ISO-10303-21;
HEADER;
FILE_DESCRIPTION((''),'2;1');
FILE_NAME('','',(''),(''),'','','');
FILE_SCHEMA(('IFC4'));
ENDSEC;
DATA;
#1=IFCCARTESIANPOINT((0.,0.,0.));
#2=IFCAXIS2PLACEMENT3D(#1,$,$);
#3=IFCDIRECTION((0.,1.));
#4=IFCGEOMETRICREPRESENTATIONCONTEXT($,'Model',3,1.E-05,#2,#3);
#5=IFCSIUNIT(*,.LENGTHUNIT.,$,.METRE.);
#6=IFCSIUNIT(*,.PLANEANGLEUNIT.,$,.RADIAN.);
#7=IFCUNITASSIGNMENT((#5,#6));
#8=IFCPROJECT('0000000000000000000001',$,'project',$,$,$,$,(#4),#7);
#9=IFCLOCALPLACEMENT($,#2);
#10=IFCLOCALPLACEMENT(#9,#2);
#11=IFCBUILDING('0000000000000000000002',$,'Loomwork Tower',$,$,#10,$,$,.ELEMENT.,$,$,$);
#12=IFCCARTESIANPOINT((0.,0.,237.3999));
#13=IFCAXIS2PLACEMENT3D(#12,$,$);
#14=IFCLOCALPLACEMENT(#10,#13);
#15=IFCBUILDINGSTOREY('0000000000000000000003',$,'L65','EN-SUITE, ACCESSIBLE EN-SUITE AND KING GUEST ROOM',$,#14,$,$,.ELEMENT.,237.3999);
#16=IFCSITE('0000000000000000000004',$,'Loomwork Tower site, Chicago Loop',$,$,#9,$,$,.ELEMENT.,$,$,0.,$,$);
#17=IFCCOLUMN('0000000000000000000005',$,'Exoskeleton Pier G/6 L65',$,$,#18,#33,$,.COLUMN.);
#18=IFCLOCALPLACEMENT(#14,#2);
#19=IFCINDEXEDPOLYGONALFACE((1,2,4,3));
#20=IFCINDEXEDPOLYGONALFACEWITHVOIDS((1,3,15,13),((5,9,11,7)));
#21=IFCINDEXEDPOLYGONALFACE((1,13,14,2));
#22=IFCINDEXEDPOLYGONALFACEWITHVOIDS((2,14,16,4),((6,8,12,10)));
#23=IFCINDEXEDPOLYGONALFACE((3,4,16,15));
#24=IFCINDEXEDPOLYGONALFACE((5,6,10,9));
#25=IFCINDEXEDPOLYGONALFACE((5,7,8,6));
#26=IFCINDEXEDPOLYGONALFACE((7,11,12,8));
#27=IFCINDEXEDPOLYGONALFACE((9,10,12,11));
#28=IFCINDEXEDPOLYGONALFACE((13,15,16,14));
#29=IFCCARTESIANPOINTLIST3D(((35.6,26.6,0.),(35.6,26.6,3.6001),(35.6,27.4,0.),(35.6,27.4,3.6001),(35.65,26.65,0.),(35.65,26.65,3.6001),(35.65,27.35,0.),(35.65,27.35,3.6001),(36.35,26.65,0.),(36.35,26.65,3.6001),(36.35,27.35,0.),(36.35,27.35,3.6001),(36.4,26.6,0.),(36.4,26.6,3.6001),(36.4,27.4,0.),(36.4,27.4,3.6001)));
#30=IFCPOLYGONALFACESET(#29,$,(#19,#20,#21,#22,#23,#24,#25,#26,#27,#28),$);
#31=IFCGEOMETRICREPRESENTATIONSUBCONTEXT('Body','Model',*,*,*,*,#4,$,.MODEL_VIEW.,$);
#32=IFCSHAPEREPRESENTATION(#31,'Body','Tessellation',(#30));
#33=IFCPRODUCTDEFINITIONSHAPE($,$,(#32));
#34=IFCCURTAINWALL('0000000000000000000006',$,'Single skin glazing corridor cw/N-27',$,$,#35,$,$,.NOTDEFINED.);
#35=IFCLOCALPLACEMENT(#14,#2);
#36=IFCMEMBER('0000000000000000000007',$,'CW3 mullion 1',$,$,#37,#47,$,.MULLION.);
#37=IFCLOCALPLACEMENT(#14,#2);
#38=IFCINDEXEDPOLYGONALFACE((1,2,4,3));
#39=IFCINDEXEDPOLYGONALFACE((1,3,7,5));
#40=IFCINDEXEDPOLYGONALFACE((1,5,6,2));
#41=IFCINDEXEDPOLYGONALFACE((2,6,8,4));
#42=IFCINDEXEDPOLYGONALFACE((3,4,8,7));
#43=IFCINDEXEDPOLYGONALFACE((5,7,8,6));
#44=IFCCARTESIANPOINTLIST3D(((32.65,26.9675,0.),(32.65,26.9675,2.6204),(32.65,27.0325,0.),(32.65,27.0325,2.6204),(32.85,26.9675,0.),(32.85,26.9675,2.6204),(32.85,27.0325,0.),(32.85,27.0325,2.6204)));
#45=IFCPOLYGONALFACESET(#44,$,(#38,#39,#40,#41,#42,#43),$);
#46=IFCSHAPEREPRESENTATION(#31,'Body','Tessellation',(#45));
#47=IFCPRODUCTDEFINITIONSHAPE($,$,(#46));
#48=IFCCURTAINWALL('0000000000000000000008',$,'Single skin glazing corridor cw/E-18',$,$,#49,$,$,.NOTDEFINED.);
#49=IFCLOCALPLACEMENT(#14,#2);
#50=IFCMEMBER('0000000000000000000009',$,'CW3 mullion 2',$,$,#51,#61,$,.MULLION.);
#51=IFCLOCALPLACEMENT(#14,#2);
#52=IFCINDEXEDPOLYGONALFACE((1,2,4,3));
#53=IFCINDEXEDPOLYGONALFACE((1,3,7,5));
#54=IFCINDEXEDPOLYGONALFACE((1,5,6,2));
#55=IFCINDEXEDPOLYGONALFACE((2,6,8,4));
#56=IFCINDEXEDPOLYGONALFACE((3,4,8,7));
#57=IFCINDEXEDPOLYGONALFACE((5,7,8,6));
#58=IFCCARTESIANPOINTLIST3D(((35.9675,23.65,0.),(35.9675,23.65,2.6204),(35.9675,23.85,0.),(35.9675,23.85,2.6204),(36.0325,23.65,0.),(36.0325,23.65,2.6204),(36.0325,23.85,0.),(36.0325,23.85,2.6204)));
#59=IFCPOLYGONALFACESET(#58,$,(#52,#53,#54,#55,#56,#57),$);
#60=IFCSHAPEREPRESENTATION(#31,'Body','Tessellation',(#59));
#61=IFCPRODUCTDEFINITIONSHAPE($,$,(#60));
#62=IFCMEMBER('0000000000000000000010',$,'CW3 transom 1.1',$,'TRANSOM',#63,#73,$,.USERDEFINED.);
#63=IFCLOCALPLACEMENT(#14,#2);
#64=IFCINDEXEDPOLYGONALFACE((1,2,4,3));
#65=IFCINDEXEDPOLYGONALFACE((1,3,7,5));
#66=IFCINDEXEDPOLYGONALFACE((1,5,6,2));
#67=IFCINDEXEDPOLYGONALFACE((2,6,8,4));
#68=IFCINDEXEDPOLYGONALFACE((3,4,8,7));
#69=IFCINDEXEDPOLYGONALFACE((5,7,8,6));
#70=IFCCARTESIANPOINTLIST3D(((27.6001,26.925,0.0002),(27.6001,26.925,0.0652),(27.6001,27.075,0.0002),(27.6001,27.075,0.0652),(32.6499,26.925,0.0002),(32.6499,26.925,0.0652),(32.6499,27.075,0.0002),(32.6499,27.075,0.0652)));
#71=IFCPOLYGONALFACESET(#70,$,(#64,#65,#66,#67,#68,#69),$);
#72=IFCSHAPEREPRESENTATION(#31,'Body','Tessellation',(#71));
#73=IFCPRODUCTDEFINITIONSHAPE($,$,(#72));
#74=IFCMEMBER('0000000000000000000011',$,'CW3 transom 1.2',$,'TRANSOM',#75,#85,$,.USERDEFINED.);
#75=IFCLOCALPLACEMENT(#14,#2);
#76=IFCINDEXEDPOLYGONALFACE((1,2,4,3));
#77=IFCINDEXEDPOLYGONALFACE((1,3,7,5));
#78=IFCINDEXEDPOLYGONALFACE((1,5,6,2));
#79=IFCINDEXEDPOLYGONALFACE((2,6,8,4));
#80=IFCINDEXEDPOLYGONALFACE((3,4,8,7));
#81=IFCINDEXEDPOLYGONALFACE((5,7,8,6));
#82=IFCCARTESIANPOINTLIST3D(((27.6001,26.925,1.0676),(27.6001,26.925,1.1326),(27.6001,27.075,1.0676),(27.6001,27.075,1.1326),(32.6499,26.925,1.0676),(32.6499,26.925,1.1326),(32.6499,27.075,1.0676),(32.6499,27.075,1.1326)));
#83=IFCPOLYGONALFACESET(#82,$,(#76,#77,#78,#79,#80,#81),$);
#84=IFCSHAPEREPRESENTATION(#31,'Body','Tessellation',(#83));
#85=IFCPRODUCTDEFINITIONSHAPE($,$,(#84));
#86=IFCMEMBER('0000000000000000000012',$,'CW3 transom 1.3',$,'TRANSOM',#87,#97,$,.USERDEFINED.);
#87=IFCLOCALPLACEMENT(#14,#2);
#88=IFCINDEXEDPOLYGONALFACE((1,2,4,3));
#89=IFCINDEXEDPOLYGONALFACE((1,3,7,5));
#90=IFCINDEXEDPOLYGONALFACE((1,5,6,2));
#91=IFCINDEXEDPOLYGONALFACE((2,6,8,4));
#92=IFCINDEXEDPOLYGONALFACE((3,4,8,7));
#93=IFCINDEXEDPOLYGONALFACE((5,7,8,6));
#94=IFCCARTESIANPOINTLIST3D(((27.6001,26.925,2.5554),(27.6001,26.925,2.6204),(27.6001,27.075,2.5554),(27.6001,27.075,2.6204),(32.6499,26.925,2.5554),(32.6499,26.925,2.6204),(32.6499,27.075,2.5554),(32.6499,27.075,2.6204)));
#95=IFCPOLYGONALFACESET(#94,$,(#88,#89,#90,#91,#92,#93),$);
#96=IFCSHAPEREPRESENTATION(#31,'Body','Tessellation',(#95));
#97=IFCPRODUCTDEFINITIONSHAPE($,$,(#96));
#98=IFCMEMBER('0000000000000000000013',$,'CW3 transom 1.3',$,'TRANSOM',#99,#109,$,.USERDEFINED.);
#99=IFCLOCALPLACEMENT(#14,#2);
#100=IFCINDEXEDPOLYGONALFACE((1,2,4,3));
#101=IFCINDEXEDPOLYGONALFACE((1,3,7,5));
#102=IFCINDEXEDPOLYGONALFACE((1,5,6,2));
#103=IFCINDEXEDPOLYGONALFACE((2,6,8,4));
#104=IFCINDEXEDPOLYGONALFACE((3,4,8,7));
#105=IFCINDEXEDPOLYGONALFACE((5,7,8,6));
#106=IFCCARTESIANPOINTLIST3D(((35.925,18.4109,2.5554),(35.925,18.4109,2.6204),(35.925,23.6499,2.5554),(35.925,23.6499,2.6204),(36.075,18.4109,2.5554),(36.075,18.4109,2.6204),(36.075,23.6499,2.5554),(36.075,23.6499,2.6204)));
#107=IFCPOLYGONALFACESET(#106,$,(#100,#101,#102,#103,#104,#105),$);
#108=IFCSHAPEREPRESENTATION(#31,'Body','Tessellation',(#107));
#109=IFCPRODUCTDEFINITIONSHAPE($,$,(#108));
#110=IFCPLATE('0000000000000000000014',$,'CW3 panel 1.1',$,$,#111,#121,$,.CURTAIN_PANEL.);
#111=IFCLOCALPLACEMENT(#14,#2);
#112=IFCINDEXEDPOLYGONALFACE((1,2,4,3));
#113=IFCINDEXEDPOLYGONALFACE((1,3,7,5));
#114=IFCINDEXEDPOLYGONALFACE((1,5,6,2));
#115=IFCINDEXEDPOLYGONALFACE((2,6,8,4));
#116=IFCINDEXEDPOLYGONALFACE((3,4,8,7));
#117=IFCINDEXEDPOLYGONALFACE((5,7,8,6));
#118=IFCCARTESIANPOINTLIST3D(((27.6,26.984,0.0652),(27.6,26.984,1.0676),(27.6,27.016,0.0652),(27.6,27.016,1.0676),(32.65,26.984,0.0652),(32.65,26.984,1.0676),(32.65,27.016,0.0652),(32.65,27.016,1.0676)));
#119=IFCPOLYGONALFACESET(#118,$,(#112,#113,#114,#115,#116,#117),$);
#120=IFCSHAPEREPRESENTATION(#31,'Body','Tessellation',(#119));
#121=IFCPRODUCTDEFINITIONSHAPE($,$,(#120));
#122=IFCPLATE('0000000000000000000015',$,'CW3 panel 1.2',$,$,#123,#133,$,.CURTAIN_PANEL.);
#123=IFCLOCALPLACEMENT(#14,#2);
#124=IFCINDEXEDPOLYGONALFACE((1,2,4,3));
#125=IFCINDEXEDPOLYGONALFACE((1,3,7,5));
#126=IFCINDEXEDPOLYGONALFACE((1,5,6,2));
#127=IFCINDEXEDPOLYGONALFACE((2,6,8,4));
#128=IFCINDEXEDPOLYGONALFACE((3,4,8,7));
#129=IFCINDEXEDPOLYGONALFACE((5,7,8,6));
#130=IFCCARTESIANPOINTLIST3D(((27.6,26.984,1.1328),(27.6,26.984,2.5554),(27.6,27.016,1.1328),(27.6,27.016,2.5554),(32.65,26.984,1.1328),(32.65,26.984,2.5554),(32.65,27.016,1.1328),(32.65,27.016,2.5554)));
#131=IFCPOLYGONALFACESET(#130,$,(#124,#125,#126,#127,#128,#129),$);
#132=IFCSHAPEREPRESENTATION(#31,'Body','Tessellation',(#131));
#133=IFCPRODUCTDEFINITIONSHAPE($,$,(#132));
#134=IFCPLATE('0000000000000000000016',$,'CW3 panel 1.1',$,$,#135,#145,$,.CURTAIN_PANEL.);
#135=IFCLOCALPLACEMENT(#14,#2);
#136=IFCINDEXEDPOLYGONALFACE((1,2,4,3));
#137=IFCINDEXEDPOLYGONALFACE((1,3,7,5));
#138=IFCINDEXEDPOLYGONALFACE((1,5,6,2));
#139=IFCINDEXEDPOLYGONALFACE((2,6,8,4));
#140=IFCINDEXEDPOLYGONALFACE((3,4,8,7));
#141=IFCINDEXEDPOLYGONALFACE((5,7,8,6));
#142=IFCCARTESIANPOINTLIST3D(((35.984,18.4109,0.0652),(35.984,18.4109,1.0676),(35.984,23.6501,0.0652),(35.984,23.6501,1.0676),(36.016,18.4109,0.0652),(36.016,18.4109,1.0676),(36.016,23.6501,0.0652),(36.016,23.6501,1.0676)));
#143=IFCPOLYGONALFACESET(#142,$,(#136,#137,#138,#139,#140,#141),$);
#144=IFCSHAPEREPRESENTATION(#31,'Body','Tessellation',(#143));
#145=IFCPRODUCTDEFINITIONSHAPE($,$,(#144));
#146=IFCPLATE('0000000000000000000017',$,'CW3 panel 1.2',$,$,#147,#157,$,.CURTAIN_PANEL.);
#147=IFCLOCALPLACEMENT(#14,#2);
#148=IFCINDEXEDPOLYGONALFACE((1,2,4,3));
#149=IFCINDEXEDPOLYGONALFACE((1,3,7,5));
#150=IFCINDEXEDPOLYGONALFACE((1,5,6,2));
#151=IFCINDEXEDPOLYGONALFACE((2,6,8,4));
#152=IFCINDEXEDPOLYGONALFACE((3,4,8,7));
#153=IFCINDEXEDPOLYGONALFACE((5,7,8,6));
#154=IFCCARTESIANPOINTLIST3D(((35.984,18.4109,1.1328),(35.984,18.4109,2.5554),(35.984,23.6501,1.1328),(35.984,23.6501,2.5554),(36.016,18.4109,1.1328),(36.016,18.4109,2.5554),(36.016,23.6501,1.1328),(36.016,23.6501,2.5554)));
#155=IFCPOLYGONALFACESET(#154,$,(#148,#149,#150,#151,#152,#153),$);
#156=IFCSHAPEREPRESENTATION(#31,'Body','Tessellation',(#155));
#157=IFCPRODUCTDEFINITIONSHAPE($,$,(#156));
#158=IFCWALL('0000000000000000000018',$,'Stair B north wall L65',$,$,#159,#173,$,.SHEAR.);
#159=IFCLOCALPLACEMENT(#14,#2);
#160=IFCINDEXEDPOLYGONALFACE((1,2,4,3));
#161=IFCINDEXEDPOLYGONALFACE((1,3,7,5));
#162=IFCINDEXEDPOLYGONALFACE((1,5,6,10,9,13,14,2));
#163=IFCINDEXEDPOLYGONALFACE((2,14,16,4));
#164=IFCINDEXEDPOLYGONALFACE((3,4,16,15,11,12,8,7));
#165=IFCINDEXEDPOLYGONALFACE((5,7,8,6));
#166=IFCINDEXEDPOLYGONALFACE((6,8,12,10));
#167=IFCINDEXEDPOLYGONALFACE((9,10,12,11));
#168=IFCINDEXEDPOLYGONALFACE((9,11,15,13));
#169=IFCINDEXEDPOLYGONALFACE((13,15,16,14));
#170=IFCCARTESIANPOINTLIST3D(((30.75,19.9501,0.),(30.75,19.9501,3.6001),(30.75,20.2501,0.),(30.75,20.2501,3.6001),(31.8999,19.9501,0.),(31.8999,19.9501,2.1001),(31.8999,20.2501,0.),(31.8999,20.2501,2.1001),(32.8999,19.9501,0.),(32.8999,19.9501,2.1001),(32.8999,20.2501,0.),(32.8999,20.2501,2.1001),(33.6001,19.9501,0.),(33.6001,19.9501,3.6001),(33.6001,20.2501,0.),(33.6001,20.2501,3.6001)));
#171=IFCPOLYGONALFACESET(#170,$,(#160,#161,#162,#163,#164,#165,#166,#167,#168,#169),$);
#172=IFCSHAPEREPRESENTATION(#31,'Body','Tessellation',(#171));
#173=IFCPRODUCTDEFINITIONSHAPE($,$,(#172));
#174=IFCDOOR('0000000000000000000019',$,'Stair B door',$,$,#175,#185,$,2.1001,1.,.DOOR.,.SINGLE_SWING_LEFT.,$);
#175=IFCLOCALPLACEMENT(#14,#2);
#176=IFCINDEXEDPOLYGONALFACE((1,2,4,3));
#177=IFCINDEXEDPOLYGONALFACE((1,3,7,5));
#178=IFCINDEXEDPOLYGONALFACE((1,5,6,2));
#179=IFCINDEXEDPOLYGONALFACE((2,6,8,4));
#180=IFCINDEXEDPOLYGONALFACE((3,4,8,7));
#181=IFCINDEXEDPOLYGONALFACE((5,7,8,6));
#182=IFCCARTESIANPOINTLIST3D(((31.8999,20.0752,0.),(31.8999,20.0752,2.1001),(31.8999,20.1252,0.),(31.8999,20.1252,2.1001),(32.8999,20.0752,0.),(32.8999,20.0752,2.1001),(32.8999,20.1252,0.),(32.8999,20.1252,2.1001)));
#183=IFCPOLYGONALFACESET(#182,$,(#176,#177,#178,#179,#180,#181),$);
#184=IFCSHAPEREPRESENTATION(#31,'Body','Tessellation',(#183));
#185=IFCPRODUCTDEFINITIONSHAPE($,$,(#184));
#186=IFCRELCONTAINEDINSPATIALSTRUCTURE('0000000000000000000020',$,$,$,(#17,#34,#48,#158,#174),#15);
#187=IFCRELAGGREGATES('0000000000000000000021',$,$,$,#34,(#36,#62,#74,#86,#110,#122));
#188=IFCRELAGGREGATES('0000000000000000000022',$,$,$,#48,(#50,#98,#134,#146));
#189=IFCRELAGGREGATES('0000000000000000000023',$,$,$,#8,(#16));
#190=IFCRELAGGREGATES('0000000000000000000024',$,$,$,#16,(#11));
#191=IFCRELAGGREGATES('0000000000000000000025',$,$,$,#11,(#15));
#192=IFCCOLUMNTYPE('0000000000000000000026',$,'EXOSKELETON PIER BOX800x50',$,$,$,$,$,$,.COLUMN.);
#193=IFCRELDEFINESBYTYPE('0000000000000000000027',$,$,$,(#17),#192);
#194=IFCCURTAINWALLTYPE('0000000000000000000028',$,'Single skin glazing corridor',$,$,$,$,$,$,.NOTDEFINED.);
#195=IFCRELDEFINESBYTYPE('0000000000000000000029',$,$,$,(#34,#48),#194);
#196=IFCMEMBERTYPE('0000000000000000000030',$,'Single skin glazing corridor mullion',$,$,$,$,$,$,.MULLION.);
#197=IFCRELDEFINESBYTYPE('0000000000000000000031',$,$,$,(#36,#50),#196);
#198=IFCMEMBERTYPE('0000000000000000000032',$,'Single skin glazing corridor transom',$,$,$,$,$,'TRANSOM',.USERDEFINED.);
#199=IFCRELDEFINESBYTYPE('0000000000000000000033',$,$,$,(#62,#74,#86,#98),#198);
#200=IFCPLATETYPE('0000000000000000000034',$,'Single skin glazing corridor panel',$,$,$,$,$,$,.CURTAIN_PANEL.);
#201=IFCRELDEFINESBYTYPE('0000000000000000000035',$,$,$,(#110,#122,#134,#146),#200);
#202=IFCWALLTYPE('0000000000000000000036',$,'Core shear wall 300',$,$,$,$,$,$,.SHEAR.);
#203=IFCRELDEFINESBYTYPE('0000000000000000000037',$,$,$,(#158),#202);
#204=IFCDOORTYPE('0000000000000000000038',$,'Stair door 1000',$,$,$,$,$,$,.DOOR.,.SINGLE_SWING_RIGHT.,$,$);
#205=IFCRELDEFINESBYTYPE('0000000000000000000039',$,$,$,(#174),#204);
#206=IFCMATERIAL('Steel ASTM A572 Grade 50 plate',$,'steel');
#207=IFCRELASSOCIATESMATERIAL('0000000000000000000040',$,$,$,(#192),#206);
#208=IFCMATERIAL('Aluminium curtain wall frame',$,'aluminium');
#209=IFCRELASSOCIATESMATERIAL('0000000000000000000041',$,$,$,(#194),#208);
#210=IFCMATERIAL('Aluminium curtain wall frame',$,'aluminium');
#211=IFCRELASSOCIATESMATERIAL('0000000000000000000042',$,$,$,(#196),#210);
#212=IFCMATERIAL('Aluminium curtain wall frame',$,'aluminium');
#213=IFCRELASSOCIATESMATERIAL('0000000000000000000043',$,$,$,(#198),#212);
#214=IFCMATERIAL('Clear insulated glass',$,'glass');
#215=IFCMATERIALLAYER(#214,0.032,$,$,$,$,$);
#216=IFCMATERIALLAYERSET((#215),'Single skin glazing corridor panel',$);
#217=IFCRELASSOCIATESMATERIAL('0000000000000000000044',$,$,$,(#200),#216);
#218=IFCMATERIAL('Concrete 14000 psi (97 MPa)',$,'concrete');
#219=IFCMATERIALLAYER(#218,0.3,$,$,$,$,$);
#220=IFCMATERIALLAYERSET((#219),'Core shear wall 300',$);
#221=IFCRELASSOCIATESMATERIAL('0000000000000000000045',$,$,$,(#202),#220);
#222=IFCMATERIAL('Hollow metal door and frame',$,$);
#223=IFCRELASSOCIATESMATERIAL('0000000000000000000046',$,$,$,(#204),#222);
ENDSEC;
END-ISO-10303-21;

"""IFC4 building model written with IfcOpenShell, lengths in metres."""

from ifc_helpers import new_model, si_unit, direction, frame, frame_2d, origin, origin_2d, place, context, subcontext, project, spatial, rectangle, hollow_rectangle, extrude, material, layer, layer_set, material_profile, profile_set, type_object, element, fill, aggregate, save


model = new_model("IFC4")

# Units and contexts
model_context = context("Model", 3, precision=1e-05, world=origin(), true_north=direction((0.0, 1.0)))
body_context = subcontext(model_context, "Body", "Model", "MODEL_VIEW")
ifc_project = project(units=[si_unit("LENGTHUNIT", "METRE"), si_unit("PLANEANGLEUNIT", "RADIAN")], contexts=[model_context])

# Site, building, storey
site_placement = place(None, origin())
site = spatial("IfcSite", under=ifc_project, at=site_placement, Name="Loomwork Tower site, Chicago Loop", CompositionType="ELEMENT", RefElevation=0.0)
building_placement = place(site_placement, origin())
building = spatial("IfcBuilding", under=site, at=building_placement, Name="Loomwork Tower", CompositionType="ELEMENT")
storey_placement = place(building_placement, frame((0.0, 0.0, 237.3999)))
storey = spatial("IfcBuildingStorey", under=building, at=storey_placement, Name="L65", Description="EN-SUITE, ACCESSIBLE EN-SUITE AND KING GUEST ROOM", CompositionType="ELEMENT", Elevation=237.3999)

# Column
ifc_material_1 = material(Name="Steel ASTM A572 Grade 50 plate", Category="steel")
ifc_material_profile_1 = material_profile(ifc_material_1, hollow_rectangle(XDim=0.8, YDim=0.8, WallThickness=0.05, at=origin_2d()), Name="BOX800x50")
ifc_profile_set_1 = profile_set([ifc_material_profile_1], Name="Steel ASTM A572 Grade 50 plate")
column_type = type_object("IfcColumnType", Name="EXOSKELETON PIER BOX800x50", PredefinedType="COLUMN", material=ifc_profile_set_1)
column_placement = place(storey_placement, frame((36.0, 27.0, 0.0), z_axis=(0.0, 0.0, 1.0), x_axis=(1.0, 0.0, 0.0)))
element("IfcColumn", 1, at=column_placement, inside=storey, type_object=column_type, Name="Exoskeleton Pier G/6 L65", PredefinedType="COLUMN", context=body_context, shape_type="SweptSolid", body=[
    extrude(hollow_rectangle(XDim=0.8, YDim=0.8, WallThickness=0.05, at=origin_2d()), origin(), (0.0, 0.0, 1.0), 3.6001),
])

# Curtain walls, members
ifc_material_2 = material(Name="Aluminium curtain wall frame", Category="aluminium")
curtain_wall_type = type_object("IfcCurtainWallType", Name="Single skin glazing corridor", PredefinedType="NOTDEFINED", material=ifc_material_2)
curtain_wall_1_placement = place(storey_placement, origin())
curtain_wall_1 = element("IfcCurtainWall", 2, at=curtain_wall_1_placement, inside=storey, type_object=curtain_wall_type, Name="Single skin glazing corridor cw/N-27", PredefinedType="NOTDEFINED")
ifc_material_3 = material(Name="Aluminium curtain wall frame", Category="aluminium")
ifc_material_profile_2 = material_profile(ifc_material_3, rectangle(XDim=0.0649, YDim=0.2, at=origin_2d()), Name="AL 65x200")
ifc_profile_set_2 = profile_set([ifc_material_profile_2], Name="Aluminium curtain wall frame")
member_type_1 = type_object("IfcMemberType", Name="Single skin glazing corridor mullion", PredefinedType="MULLION", material=ifc_profile_set_2)
member_1_placement = place(storey_placement, frame((32.75, 27.0, 0.0), z_axis=(0.0, 0.0, 1.0), x_axis=(0.0, -1.0, 0.0)))
member_1 = element("IfcMember", 3, at=member_1_placement, type_object=member_type_1, Name="CW3 mullion 1", PredefinedType="MULLION", context=body_context, shape_type="SweptSolid", body=[
    extrude(rectangle(XDim=0.0649, YDim=0.2, at=origin_2d()), origin(), (0.0, 0.0, 1.0), 2.6204),
])
curtain_wall_2_placement = place(storey_placement, origin())
curtain_wall_2 = element("IfcCurtainWall", 4, at=curtain_wall_2_placement, inside=storey, type_object=curtain_wall_type, Name="Single skin glazing corridor cw/E-18", PredefinedType="NOTDEFINED")
member_2_placement = place(storey_placement, frame((36.0, 23.75, 0.0), z_axis=(0.0, 0.0, 1.0), x_axis=(-1.0, 0.0, 0.0)))
member_2 = element("IfcMember", 5, at=member_2_placement, type_object=member_type_1, Name="CW3 mullion 2", PredefinedType="MULLION", context=body_context, shape_type="SweptSolid", body=[
    extrude(rectangle(XDim=0.0649, YDim=0.2, at=origin_2d()), origin(), (0.0, 0.0, 1.0), 2.6204),
])

# Members
ifc_material_4 = material(Name="Aluminium curtain wall frame", Category="aluminium")
ifc_material_profile_3 = material_profile(ifc_material_4, rectangle(XDim=0.1499, YDim=0.0649, at=origin_2d()), Name="AL 65x150")
ifc_profile_set_3 = profile_set([ifc_material_profile_3], Name="Aluminium curtain wall frame")
member_type_2 = type_object("IfcMemberType", Name="Single skin glazing corridor transom", ElementType="TRANSOM", PredefinedType="USERDEFINED", material=ifc_profile_set_3)
member_3_placement = place(storey_placement, frame((32.6499, 27.0, 0.0327), z_axis=(-1.0, 0.0, 0.0), x_axis=(0.0, -1.0, 0.0)))
member_3 = element("IfcMember", 6, at=member_3_placement, type_object=member_type_2, Name="CW3 transom 1.1", ObjectType="TRANSOM", PredefinedType="USERDEFINED", context=body_context, shape_type="SweptSolid", body=[
    extrude(rectangle(XDim=0.1499, YDim=0.0649, at=origin_2d()), origin(), (0.0, 0.0, 1.0), 5.0498),
])
member_4_placement = place(storey_placement, frame((32.6499, 27.0, 1.1001), z_axis=(-1.0, 0.0, 0.0), x_axis=(0.0, -1.0, 0.0)))
member_4 = element("IfcMember", 7, at=member_4_placement, type_object=member_type_2, Name="CW3 transom 1.2", ObjectType="TRANSOM", PredefinedType="USERDEFINED", context=body_context, shape_type="SweptSolid", body=[
    extrude(rectangle(XDim=0.1499, YDim=0.0649, at=origin_2d()), origin(), (0.0, 0.0, 1.0), 5.0498),
])
member_5_placement = place(storey_placement, frame((32.6499, 27.0, 2.5879), z_axis=(-1.0, 0.0, 0.0), x_axis=(0.0, -1.0, 0.0)))
member_5 = element("IfcMember", 8, at=member_5_placement, type_object=member_type_2, Name="CW3 transom 1.3", ObjectType="TRANSOM", PredefinedType="USERDEFINED", context=body_context, shape_type="SweptSolid", body=[
    extrude(rectangle(XDim=0.1499, YDim=0.0649, at=origin_2d()), origin(), (0.0, 0.0, 1.0), 5.0498),
])
member_6_placement = place(storey_placement, frame((36.0, 18.4109, 2.5879), z_axis=(0.0, 1.0, 0.0), x_axis=(-1.0, 0.0, 0.0)))
member_6 = element("IfcMember", 9, at=member_6_placement, type_object=member_type_2, Name="CW3 transom 1.3", ObjectType="TRANSOM", PredefinedType="USERDEFINED", context=body_context, shape_type="SweptSolid", body=[
    extrude(rectangle(XDim=0.1499, YDim=0.0649, at=origin_2d()), origin(), (0.0, 0.0, 1.0), 5.239),
])

# Plates
ifc_material_5 = material(Name="Clear insulated glass", Category="glass")
ifc_layer_1 = layer(ifc_material_5, 0.032)
ifc_layer_set_1 = layer_set([ifc_layer_1], Name="Single skin glazing corridor panel")
plate_type = type_object("IfcPlateType", Name="Single skin glazing corridor panel", PredefinedType="CURTAIN_PANEL", material=ifc_layer_set_1)
plate_1_placement = place(storey_placement, frame((30.125, 27.0, 0.0652), z_axis=(0.0, 0.0, 1.0), x_axis=(-1.0, 0.0, 0.0)))
plate_1 = element("IfcPlate", 10, at=plate_1_placement, type_object=plate_type, Name="CW3 panel 1.1", PredefinedType="CURTAIN_PANEL", context=body_context, shape_type="SweptSolid", body=[
    extrude(rectangle(XDim=5.05, YDim=0.032, at=origin_2d()), origin(), (0.0, 0.0, 1.0), 1.0024),
])
plate_2_placement = place(storey_placement, frame((30.125, 27.0, 1.1328), z_axis=(0.0, 0.0, 1.0), x_axis=(-1.0, 0.0, 0.0)))
plate_2 = element("IfcPlate", 11, at=plate_2_placement, type_object=plate_type, Name="CW3 panel 1.2", PredefinedType="CURTAIN_PANEL", context=body_context, shape_type="SweptSolid", body=[
    extrude(rectangle(XDim=5.05, YDim=0.032, at=origin_2d()), origin(), (0.0, 0.0, 1.0), 1.4226),
])
aggregate(curtain_wall_1, [member_1, member_3, member_4, member_5, plate_1, plate_2])
plate_3_placement = place(storey_placement, frame((36.0, 21.0305, 0.0652), z_axis=(0.0, 0.0, 1.0), x_axis=(0.0, 1.0, 0.0)))
plate_3 = element("IfcPlate", 12, at=plate_3_placement, type_object=plate_type, Name="CW3 panel 1.1", PredefinedType="CURTAIN_PANEL", context=body_context, shape_type="SweptSolid", body=[
    extrude(rectangle(XDim=5.2393, YDim=0.032, at=origin_2d()), origin(), (0.0, 0.0, 1.0), 1.0024),
])
plate_4_placement = place(storey_placement, frame((36.0, 21.0305, 1.1328), z_axis=(0.0, 0.0, 1.0), x_axis=(0.0, 1.0, 0.0)))
plate_4 = element("IfcPlate", 13, at=plate_4_placement, type_object=plate_type, Name="CW3 panel 1.2", PredefinedType="CURTAIN_PANEL", context=body_context, shape_type="SweptSolid", body=[
    extrude(rectangle(XDim=5.2393, YDim=0.032, at=origin_2d()), origin(), (0.0, 0.0, 1.0), 1.4226),
])
aggregate(curtain_wall_2, [member_2, member_6, plate_3, plate_4])

# Wall, opening, door
ifc_material_6 = material(Name="Concrete 14000 psi (97 MPa)", Category="concrete")
ifc_layer_2 = layer(ifc_material_6, 0.3)
ifc_layer_set_2 = layer_set([ifc_layer_2], Name="Core shear wall 300")
wall_type_1 = type_object("IfcWallType", Name="Core shear wall 300", PredefinedType="SHEAR", material=ifc_layer_set_2)
wall_1_placement = place(storey_placement, frame((30.75, 20.1001, 0.0), z_axis=(0.0, 0.0, 1.0), x_axis=(1.0, 0.0, 0.0)))
wall_1 = element("IfcWall", 14, at=wall_1_placement, inside=storey, type_object=wall_type_1, Name="Stair B north wall L65", PredefinedType="SHEAR", context=body_context, shape_type="SweptSolid", body=[
    extrude(rectangle(XDim=2.8501, YDim=0.3, at=frame_2d((1.425, 0.0))), origin(), (0.0, 0.0, 1.0), 3.6001),
])
opening_1_placement = place(wall_1_placement, frame((1.1499, 0.0, 0.0)))
opening_1 = element("IfcOpeningElement", 15, at=opening_1_placement, cuts=wall_1, PredefinedType="OPENING", context=body_context, shape_type="SweptSolid", body=[
    extrude(rectangle(XDim=1.0, YDim=2.1001, at=frame_2d((0.5, 1.05))), frame((0.0, 0.1599, 0.0), z_axis=(0.0, -1.0, 0.0), x_axis=(1.0, 0.0, 0.0)), (0.0, 0.0, 1.0), 0.3201),
])
ifc_material_7 = material(Name="Hollow metal door and frame")
door_type = type_object("IfcDoorType", Name="Stair door 1000", OperationType="SINGLE_SWING_RIGHT", PredefinedType="DOOR", material=ifc_material_7)
door_placement = place(opening_1_placement, frame((1.0, 0.0, 0.0), z_axis=(0.0, 0.0, 1.0), x_axis=(-1.0, 0.0, 0.0)))
door = element("IfcDoor", 16, at=door_placement, inside=storey, type_object=door_type, Name="Stair B door", OperationType="SINGLE_SWING_LEFT", OverallHeight=2.1001, OverallWidth=1.0, PredefinedType="DOOR", context=body_context, shape_type="SweptSolid", body=[
    extrude(rectangle(XDim=1.0, YDim=2.1001, at=frame_2d((0.5, 1.05))), frame((0.0, 0.0249, 0.0), z_axis=(0.0, -1.0, 0.0), x_axis=(1.0, 0.0, 0.0)), (0.0, 0.0, 1.0), 0.05),
])
fill(opening_1, door)

save(model, "model.ifc")
